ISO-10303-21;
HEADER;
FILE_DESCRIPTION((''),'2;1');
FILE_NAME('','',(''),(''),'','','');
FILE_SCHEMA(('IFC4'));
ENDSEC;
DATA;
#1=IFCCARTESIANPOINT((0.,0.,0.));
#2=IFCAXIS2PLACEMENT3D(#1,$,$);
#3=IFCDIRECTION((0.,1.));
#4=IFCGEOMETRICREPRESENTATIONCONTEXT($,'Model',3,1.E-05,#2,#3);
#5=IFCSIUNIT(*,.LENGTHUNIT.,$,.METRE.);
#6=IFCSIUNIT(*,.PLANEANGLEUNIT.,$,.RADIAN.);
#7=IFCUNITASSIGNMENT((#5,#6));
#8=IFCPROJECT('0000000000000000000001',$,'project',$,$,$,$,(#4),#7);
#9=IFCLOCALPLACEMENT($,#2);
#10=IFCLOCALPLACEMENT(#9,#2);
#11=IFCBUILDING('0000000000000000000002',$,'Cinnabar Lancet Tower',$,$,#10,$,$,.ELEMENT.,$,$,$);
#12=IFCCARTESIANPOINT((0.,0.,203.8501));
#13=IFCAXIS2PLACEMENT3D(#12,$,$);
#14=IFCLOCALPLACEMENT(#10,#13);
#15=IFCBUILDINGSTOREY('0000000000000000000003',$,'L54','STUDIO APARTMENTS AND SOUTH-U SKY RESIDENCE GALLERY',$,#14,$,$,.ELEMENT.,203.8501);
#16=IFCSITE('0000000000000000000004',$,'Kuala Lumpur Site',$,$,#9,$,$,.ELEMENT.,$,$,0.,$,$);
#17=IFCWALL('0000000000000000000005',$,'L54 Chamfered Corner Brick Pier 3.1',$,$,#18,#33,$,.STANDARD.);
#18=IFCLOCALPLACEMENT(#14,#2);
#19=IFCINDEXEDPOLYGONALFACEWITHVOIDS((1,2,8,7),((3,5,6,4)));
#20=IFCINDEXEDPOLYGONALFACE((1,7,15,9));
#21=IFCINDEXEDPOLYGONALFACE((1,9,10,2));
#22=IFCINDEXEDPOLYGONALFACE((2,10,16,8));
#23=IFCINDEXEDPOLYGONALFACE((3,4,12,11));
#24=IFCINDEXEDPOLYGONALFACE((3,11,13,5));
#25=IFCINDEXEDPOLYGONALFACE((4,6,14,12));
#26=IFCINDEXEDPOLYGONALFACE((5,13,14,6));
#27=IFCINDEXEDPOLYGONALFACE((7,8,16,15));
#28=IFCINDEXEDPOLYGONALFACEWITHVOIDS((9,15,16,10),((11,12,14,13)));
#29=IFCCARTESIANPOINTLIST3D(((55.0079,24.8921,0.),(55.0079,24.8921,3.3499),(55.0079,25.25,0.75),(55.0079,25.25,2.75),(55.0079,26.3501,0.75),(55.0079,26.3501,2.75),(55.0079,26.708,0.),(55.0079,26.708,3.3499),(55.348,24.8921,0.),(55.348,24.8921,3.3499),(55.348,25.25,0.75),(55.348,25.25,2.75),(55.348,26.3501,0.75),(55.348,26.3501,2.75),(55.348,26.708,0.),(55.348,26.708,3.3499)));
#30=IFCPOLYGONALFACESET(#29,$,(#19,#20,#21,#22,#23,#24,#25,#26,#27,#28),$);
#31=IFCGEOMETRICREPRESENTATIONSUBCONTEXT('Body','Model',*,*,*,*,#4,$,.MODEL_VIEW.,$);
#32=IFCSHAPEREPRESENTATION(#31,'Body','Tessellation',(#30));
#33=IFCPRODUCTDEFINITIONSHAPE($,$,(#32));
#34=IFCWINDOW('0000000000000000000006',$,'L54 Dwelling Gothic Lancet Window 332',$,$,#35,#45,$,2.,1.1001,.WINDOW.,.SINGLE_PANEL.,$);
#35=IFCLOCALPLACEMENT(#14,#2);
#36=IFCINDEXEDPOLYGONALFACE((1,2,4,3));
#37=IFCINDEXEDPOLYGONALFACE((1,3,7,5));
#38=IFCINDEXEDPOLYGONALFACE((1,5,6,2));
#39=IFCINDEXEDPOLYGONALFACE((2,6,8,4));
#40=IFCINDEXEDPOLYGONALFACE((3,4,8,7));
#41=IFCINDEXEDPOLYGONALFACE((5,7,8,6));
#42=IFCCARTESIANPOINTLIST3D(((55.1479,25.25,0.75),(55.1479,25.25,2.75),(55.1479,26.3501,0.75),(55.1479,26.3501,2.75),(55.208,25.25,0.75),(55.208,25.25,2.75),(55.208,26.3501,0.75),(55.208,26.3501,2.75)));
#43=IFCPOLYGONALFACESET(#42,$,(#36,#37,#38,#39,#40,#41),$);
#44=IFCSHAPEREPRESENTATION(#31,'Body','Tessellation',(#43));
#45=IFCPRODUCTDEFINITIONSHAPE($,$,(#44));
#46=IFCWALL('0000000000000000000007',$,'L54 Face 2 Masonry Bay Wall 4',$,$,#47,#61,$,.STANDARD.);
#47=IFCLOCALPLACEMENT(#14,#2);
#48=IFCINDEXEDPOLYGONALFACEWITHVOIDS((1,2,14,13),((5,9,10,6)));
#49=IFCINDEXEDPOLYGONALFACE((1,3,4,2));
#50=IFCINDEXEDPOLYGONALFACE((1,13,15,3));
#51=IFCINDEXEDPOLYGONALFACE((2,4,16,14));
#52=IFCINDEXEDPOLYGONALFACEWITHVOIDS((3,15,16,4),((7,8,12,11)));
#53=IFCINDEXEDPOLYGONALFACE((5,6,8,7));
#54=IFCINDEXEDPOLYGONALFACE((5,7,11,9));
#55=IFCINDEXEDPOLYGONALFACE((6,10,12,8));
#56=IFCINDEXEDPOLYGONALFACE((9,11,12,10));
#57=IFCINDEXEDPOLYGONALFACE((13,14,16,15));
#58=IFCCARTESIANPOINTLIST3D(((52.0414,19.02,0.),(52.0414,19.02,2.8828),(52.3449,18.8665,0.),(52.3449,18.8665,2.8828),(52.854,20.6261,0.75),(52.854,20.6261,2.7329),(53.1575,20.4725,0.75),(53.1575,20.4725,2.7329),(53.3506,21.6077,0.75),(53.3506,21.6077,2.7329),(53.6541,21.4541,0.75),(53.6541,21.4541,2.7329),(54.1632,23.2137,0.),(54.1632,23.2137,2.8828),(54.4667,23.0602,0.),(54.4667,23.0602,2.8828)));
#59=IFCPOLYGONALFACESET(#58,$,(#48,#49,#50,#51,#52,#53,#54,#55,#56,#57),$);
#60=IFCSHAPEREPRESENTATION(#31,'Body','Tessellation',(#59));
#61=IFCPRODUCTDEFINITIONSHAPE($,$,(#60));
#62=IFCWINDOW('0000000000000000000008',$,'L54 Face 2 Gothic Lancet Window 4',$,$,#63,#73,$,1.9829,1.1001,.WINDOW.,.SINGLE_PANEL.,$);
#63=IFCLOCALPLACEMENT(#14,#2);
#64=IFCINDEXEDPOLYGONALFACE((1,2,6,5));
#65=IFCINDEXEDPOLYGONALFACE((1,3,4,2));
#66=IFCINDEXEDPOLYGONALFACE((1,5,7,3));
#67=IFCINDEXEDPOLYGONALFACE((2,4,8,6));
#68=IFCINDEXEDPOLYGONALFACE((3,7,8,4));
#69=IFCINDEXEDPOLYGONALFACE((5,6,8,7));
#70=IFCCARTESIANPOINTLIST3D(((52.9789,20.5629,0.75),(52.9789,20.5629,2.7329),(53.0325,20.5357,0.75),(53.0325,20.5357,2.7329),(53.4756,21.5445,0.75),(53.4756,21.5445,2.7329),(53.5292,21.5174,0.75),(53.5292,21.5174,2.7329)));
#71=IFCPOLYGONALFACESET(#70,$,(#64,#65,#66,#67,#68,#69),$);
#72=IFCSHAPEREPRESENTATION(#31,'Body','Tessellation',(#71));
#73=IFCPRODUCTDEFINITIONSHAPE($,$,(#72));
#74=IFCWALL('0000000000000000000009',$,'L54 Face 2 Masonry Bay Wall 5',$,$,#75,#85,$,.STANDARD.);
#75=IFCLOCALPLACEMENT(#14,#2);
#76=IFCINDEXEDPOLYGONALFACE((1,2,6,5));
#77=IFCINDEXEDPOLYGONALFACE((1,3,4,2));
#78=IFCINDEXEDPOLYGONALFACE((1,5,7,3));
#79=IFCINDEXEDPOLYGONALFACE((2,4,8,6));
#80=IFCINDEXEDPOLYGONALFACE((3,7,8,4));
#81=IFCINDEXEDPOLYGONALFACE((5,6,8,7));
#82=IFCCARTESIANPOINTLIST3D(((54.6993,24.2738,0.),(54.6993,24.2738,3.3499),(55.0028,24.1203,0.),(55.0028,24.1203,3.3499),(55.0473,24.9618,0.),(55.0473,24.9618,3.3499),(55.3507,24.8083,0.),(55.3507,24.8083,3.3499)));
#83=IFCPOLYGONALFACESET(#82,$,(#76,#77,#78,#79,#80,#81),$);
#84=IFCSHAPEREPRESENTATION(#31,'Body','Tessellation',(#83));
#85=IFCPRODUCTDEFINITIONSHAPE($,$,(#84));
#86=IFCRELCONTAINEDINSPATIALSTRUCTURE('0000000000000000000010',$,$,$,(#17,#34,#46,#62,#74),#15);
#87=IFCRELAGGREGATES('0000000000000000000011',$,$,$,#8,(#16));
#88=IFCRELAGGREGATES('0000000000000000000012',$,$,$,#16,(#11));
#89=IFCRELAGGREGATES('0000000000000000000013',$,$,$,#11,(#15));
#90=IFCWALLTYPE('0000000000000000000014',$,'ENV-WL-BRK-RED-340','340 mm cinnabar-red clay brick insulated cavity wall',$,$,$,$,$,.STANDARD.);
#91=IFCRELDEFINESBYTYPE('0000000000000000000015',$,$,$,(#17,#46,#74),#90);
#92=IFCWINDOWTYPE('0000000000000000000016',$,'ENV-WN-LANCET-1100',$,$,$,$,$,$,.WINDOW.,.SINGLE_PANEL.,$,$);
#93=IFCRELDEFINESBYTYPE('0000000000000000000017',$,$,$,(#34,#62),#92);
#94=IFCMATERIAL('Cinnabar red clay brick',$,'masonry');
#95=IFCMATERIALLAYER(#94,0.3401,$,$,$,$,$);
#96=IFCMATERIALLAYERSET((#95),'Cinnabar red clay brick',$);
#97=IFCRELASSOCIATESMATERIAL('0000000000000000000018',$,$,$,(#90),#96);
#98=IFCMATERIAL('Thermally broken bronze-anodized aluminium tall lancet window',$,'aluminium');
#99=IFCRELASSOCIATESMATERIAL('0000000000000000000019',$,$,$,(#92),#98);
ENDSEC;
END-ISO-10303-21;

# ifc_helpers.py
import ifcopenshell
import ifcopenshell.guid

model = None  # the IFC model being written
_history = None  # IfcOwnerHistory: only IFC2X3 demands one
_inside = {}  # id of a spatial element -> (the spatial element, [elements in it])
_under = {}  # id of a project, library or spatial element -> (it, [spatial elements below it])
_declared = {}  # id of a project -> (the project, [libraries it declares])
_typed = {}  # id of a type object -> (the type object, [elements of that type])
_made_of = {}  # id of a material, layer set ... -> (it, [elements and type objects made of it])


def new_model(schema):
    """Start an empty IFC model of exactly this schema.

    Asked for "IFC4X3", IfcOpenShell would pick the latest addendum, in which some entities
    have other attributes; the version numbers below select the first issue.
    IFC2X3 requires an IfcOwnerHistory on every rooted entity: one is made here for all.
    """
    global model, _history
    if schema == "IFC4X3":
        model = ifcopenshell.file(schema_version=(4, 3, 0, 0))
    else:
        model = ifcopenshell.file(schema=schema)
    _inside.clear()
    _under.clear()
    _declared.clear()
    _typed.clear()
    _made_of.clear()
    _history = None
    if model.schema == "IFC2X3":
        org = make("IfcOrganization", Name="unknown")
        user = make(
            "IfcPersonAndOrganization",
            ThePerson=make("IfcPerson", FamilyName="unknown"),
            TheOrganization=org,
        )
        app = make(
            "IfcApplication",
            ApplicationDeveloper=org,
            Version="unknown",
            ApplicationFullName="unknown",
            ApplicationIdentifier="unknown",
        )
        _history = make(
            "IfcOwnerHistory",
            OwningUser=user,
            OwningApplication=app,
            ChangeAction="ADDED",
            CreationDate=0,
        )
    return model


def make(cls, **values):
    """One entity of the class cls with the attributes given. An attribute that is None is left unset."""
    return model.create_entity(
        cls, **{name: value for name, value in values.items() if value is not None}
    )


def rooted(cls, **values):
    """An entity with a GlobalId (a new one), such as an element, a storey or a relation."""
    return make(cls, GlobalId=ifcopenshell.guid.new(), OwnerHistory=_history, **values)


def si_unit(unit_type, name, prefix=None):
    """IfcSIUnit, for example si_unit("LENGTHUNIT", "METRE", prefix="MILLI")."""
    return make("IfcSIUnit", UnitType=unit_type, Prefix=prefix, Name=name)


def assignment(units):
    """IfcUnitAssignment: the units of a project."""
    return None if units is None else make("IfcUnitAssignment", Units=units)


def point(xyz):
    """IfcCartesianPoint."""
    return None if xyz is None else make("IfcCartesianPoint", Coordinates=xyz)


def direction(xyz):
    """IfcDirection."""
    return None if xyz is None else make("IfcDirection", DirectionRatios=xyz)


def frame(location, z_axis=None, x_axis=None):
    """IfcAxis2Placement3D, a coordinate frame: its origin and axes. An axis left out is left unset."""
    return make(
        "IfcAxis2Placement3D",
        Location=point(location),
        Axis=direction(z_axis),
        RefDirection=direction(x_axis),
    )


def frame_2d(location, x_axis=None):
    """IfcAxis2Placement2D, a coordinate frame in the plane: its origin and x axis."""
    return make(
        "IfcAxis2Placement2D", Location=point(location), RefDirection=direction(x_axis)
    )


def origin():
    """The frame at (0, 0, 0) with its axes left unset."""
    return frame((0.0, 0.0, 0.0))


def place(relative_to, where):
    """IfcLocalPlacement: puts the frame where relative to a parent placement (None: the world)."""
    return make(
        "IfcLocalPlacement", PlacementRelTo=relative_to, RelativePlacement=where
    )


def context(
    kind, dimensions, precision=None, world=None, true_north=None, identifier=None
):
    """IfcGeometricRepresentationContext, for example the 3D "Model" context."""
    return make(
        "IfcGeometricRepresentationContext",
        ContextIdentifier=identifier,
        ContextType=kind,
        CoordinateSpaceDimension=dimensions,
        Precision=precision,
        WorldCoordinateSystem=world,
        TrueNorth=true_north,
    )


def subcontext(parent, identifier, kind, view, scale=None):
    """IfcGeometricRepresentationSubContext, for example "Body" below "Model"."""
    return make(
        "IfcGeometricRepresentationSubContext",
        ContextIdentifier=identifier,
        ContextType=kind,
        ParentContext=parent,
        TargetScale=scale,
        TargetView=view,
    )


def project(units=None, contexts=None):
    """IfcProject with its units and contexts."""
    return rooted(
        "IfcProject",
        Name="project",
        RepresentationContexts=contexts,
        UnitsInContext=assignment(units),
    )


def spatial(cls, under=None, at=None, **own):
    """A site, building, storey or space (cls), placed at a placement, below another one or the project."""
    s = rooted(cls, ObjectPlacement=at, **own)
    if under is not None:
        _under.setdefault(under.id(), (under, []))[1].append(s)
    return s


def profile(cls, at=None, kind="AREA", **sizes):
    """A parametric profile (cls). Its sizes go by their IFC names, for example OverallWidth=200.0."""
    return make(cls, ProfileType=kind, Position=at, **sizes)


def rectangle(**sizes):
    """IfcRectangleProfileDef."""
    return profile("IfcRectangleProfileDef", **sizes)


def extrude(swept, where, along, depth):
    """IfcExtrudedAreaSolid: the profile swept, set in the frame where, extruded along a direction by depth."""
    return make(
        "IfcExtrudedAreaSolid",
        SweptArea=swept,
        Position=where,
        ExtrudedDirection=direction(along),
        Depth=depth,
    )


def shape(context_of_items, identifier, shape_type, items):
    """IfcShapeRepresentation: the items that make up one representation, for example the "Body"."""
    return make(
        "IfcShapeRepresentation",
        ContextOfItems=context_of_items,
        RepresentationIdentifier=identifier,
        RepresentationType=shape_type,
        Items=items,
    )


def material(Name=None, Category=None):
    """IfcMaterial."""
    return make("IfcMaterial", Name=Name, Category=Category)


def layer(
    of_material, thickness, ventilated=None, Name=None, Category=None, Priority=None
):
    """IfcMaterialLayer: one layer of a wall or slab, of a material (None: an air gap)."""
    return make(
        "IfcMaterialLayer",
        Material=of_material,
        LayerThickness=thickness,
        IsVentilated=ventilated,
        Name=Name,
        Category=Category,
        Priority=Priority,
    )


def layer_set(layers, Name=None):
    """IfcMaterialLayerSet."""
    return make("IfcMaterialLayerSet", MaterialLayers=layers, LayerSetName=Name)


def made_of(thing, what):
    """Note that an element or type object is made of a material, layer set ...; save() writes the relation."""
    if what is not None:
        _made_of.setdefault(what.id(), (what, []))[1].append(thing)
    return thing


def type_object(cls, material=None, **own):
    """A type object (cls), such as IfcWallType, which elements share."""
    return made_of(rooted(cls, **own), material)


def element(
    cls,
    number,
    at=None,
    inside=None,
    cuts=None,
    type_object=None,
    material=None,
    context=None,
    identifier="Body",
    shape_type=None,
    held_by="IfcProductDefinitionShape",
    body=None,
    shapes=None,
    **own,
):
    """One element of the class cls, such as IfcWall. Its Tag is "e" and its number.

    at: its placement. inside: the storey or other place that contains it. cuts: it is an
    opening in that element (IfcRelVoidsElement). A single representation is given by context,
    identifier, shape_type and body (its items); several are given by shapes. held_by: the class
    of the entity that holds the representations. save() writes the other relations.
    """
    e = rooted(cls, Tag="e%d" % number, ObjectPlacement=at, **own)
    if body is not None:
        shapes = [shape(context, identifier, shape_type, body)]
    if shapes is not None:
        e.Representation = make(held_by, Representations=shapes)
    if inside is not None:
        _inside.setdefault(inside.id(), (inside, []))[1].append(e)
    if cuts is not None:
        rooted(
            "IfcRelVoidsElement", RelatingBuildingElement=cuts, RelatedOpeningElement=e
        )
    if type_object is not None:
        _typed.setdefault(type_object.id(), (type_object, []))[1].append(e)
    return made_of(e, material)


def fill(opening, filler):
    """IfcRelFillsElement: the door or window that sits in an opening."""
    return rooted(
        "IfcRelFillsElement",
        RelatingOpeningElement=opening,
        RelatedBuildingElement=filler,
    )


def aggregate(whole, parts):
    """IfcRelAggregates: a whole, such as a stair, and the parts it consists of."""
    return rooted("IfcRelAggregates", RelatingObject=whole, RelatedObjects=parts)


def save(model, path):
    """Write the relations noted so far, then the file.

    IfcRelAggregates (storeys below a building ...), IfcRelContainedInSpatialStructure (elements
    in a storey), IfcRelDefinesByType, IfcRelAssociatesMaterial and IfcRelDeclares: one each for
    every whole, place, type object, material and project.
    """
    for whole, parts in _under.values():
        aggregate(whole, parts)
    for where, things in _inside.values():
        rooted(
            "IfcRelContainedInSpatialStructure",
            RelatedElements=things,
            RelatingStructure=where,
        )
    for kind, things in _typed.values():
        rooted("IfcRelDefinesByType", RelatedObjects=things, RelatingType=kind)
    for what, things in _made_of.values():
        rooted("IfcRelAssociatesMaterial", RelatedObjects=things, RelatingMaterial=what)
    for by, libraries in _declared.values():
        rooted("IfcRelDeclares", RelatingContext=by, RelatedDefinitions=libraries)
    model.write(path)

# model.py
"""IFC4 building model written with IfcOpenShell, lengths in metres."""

from ifc_helpers import new_model, si_unit, direction, frame, frame_2d, origin, place, context, subcontext, project, spatial, rectangle, extrude, material, layer, layer_set, type_object, element, fill, save


model = new_model("IFC4")

# Units and contexts
model_context = context("Model", 3, precision=1e-05, world=origin(), true_north=direction((0.0, 1.0)))
body_context = subcontext(model_context, "Body", "Model", "MODEL_VIEW")
ifc_project = project(units=[si_unit("LENGTHUNIT", "METRE"), si_unit("PLANEANGLEUNIT", "RADIAN")], contexts=[model_context])

# Site, building, storey
site_placement = place(None, origin())
site = spatial("IfcSite", under=ifc_project, at=site_placement, Name="Kuala Lumpur Site", CompositionType="ELEMENT", RefElevation=0.0)
building_placement = place(site_placement, origin())
building = spatial("IfcBuilding", under=site, at=building_placement, Name="Cinnabar Lancet Tower", CompositionType="ELEMENT")
storey_placement = place(building_placement, frame((0.0, 0.0, 203.8501)))
storey = spatial("IfcBuildingStorey", under=building, at=storey_placement, Name="L54", Description="STUDIO APARTMENTS AND SOUTH-U SKY RESIDENCE GALLERY", CompositionType="ELEMENT", Elevation=203.8501)

# Walls, openings, windows
ifc_material_1 = material(Name="Cinnabar red clay brick", Category="masonry")
ifc_layer_1 = layer(ifc_material_1, 0.3401)
ifc_layer_set_1 = layer_set([ifc_layer_1], Name="Cinnabar red clay brick")
wall_type_1 = type_object("IfcWallType", Name="ENV-WL-BRK-RED-340", Description="340 mm cinnabar-red clay brick insulated cavity wall", PredefinedType="STANDARD", material=ifc_layer_set_1)
wall_1_placement = place(storey_placement, frame((55.178, 24.8921, 0.0), z_axis=(0.0, 0.0, 1.0), x_axis=(0.0, 1.0, 0.0)))
wall_1 = element("IfcWall", 1, at=wall_1_placement, inside=storey, type_object=wall_type_1, Name="L54 Chamfered Corner Brick Pier 3.1", PredefinedType="STANDARD", context=body_context, shape_type="SweptSolid", body=[
    extrude(rectangle(XDim=1.8159, YDim=0.3401, at=frame_2d((0.908, 0.0))), origin(), (0.0, 0.0, 1.0), 3.3499),
])
opening_1_placement = place(wall_1_placement, frame((0.3579, 0.0, 0.75)))
opening_1 = element("IfcOpeningElement", 2, at=opening_1_placement, cuts=wall_1, PredefinedType="OPENING", context=body_context, shape_type="SweptSolid", body=[
    extrude(rectangle(XDim=1.1001, YDim=2.0, at=frame_2d((0.55, 1.0))), frame((0.0, 0.1799, 0.0), z_axis=(0.0, -1.0, 0.0), x_axis=(1.0, 0.0, 0.0)), (0.0, 0.0, 1.0), 0.3601),
])
ifc_material_2 = material(Name="Thermally broken bronze-anodized aluminium tall lancet window", Category="aluminium")
window_type = type_object("IfcWindowType", Name="ENV-WN-LANCET-1100", PartitioningType="SINGLE_PANEL", PredefinedType="WINDOW", material=ifc_material_2)
window_1_placement = place(opening_1_placement, origin())
window_1 = element("IfcWindow", 3, at=window_1_placement, inside=storey, type_object=window_type, Name="L54 Dwelling Gothic Lancet Window 332", OverallHeight=2.0, OverallWidth=1.1001, PartitioningType="SINGLE_PANEL", PredefinedType="WINDOW", context=body_context, shape_type="SweptSolid", body=[
    extrude(rectangle(XDim=1.1001, YDim=2.0, at=frame_2d((0.55, 1.0))), frame((0.0, 0.03, 0.0), z_axis=(0.0, -1.0, 0.0), x_axis=(1.0, 0.0, 0.0)), (0.0, 0.0, 1.0), 0.0601),
])
fill(opening_1, window_1)
wall_2_placement = place(storey_placement, frame((52.1931, 18.9431, 0.0), z_axis=(0.0, 0.0, 1.0), x_axis=(0.451447, 0.892298, 0.0)))
wall_2 = element("IfcWall", 4, at=wall_2_placement, inside=storey, type_object=wall_type_1, Name="L54 Face 2 Masonry Bay Wall 4", PredefinedType="STANDARD", context=body_context, shape_type="SweptSolid", body=[
    extrude(rectangle(XDim=4.7, YDim=0.3401, at=frame_2d((2.3501, 0.0))), origin(), (0.0, 0.0, 1.0), 2.8828),
])
opening_2_placement = place(wall_2_placement, frame((1.8, 0.0, 0.75)))
opening_2 = element("IfcOpeningElement", 5, at=opening_2_placement, cuts=wall_2, PredefinedType="OPENING", context=body_context, shape_type="SweptSolid", body=[
    extrude(rectangle(XDim=1.1001, YDim=1.9829, at=frame_2d((0.55, 0.9915))), frame((0.0, 0.1799, 0.0), z_axis=(0.0, -1.0, 0.0), x_axis=(1.0, 0.0, 0.0)), (0.0, 0.0, 1.0), 0.3601),
])
window_2_placement = place(opening_2_placement, origin())
window_2 = element("IfcWindow", 6, at=window_2_placement, inside=storey, type_object=window_type, Name="L54 Face 2 Gothic Lancet Window 4", OverallHeight=1.9829, OverallWidth=1.1001, PartitioningType="SINGLE_PANEL", PredefinedType="WINDOW", context=body_context, shape_type="SweptSolid", body=[
    extrude(rectangle(XDim=1.1001, YDim=1.9829, at=frame_2d((0.55, 0.9915))), frame((0.0, 0.03, 0.0), z_axis=(0.0, -1.0, 0.0), x_axis=(1.0, 0.0, 0.0)), (0.0, 0.0, 1.0), 0.0601),
])
fill(opening_2, window_2)

# Wall
wall_3_placement = place(storey_placement, frame((54.8511, 24.197, 0.0), z_axis=(0.0, 0.0, 1.0), x_axis=(0.451262, 0.892391, 0.0)))
element("IfcWall", 7, at=wall_3_placement, inside=storey, type_object=wall_type_1, Name="L54 Face 2 Masonry Bay Wall 5", PredefinedType="STANDARD", context=body_context, shape_type="SweptSolid", body=[
    extrude(rectangle(XDim=0.771, YDim=0.3401, at=frame_2d((0.3855, 0.0))), origin(), (0.0, 0.0, 1.0), 3.3499),
])

save(model, "model.ifc")
